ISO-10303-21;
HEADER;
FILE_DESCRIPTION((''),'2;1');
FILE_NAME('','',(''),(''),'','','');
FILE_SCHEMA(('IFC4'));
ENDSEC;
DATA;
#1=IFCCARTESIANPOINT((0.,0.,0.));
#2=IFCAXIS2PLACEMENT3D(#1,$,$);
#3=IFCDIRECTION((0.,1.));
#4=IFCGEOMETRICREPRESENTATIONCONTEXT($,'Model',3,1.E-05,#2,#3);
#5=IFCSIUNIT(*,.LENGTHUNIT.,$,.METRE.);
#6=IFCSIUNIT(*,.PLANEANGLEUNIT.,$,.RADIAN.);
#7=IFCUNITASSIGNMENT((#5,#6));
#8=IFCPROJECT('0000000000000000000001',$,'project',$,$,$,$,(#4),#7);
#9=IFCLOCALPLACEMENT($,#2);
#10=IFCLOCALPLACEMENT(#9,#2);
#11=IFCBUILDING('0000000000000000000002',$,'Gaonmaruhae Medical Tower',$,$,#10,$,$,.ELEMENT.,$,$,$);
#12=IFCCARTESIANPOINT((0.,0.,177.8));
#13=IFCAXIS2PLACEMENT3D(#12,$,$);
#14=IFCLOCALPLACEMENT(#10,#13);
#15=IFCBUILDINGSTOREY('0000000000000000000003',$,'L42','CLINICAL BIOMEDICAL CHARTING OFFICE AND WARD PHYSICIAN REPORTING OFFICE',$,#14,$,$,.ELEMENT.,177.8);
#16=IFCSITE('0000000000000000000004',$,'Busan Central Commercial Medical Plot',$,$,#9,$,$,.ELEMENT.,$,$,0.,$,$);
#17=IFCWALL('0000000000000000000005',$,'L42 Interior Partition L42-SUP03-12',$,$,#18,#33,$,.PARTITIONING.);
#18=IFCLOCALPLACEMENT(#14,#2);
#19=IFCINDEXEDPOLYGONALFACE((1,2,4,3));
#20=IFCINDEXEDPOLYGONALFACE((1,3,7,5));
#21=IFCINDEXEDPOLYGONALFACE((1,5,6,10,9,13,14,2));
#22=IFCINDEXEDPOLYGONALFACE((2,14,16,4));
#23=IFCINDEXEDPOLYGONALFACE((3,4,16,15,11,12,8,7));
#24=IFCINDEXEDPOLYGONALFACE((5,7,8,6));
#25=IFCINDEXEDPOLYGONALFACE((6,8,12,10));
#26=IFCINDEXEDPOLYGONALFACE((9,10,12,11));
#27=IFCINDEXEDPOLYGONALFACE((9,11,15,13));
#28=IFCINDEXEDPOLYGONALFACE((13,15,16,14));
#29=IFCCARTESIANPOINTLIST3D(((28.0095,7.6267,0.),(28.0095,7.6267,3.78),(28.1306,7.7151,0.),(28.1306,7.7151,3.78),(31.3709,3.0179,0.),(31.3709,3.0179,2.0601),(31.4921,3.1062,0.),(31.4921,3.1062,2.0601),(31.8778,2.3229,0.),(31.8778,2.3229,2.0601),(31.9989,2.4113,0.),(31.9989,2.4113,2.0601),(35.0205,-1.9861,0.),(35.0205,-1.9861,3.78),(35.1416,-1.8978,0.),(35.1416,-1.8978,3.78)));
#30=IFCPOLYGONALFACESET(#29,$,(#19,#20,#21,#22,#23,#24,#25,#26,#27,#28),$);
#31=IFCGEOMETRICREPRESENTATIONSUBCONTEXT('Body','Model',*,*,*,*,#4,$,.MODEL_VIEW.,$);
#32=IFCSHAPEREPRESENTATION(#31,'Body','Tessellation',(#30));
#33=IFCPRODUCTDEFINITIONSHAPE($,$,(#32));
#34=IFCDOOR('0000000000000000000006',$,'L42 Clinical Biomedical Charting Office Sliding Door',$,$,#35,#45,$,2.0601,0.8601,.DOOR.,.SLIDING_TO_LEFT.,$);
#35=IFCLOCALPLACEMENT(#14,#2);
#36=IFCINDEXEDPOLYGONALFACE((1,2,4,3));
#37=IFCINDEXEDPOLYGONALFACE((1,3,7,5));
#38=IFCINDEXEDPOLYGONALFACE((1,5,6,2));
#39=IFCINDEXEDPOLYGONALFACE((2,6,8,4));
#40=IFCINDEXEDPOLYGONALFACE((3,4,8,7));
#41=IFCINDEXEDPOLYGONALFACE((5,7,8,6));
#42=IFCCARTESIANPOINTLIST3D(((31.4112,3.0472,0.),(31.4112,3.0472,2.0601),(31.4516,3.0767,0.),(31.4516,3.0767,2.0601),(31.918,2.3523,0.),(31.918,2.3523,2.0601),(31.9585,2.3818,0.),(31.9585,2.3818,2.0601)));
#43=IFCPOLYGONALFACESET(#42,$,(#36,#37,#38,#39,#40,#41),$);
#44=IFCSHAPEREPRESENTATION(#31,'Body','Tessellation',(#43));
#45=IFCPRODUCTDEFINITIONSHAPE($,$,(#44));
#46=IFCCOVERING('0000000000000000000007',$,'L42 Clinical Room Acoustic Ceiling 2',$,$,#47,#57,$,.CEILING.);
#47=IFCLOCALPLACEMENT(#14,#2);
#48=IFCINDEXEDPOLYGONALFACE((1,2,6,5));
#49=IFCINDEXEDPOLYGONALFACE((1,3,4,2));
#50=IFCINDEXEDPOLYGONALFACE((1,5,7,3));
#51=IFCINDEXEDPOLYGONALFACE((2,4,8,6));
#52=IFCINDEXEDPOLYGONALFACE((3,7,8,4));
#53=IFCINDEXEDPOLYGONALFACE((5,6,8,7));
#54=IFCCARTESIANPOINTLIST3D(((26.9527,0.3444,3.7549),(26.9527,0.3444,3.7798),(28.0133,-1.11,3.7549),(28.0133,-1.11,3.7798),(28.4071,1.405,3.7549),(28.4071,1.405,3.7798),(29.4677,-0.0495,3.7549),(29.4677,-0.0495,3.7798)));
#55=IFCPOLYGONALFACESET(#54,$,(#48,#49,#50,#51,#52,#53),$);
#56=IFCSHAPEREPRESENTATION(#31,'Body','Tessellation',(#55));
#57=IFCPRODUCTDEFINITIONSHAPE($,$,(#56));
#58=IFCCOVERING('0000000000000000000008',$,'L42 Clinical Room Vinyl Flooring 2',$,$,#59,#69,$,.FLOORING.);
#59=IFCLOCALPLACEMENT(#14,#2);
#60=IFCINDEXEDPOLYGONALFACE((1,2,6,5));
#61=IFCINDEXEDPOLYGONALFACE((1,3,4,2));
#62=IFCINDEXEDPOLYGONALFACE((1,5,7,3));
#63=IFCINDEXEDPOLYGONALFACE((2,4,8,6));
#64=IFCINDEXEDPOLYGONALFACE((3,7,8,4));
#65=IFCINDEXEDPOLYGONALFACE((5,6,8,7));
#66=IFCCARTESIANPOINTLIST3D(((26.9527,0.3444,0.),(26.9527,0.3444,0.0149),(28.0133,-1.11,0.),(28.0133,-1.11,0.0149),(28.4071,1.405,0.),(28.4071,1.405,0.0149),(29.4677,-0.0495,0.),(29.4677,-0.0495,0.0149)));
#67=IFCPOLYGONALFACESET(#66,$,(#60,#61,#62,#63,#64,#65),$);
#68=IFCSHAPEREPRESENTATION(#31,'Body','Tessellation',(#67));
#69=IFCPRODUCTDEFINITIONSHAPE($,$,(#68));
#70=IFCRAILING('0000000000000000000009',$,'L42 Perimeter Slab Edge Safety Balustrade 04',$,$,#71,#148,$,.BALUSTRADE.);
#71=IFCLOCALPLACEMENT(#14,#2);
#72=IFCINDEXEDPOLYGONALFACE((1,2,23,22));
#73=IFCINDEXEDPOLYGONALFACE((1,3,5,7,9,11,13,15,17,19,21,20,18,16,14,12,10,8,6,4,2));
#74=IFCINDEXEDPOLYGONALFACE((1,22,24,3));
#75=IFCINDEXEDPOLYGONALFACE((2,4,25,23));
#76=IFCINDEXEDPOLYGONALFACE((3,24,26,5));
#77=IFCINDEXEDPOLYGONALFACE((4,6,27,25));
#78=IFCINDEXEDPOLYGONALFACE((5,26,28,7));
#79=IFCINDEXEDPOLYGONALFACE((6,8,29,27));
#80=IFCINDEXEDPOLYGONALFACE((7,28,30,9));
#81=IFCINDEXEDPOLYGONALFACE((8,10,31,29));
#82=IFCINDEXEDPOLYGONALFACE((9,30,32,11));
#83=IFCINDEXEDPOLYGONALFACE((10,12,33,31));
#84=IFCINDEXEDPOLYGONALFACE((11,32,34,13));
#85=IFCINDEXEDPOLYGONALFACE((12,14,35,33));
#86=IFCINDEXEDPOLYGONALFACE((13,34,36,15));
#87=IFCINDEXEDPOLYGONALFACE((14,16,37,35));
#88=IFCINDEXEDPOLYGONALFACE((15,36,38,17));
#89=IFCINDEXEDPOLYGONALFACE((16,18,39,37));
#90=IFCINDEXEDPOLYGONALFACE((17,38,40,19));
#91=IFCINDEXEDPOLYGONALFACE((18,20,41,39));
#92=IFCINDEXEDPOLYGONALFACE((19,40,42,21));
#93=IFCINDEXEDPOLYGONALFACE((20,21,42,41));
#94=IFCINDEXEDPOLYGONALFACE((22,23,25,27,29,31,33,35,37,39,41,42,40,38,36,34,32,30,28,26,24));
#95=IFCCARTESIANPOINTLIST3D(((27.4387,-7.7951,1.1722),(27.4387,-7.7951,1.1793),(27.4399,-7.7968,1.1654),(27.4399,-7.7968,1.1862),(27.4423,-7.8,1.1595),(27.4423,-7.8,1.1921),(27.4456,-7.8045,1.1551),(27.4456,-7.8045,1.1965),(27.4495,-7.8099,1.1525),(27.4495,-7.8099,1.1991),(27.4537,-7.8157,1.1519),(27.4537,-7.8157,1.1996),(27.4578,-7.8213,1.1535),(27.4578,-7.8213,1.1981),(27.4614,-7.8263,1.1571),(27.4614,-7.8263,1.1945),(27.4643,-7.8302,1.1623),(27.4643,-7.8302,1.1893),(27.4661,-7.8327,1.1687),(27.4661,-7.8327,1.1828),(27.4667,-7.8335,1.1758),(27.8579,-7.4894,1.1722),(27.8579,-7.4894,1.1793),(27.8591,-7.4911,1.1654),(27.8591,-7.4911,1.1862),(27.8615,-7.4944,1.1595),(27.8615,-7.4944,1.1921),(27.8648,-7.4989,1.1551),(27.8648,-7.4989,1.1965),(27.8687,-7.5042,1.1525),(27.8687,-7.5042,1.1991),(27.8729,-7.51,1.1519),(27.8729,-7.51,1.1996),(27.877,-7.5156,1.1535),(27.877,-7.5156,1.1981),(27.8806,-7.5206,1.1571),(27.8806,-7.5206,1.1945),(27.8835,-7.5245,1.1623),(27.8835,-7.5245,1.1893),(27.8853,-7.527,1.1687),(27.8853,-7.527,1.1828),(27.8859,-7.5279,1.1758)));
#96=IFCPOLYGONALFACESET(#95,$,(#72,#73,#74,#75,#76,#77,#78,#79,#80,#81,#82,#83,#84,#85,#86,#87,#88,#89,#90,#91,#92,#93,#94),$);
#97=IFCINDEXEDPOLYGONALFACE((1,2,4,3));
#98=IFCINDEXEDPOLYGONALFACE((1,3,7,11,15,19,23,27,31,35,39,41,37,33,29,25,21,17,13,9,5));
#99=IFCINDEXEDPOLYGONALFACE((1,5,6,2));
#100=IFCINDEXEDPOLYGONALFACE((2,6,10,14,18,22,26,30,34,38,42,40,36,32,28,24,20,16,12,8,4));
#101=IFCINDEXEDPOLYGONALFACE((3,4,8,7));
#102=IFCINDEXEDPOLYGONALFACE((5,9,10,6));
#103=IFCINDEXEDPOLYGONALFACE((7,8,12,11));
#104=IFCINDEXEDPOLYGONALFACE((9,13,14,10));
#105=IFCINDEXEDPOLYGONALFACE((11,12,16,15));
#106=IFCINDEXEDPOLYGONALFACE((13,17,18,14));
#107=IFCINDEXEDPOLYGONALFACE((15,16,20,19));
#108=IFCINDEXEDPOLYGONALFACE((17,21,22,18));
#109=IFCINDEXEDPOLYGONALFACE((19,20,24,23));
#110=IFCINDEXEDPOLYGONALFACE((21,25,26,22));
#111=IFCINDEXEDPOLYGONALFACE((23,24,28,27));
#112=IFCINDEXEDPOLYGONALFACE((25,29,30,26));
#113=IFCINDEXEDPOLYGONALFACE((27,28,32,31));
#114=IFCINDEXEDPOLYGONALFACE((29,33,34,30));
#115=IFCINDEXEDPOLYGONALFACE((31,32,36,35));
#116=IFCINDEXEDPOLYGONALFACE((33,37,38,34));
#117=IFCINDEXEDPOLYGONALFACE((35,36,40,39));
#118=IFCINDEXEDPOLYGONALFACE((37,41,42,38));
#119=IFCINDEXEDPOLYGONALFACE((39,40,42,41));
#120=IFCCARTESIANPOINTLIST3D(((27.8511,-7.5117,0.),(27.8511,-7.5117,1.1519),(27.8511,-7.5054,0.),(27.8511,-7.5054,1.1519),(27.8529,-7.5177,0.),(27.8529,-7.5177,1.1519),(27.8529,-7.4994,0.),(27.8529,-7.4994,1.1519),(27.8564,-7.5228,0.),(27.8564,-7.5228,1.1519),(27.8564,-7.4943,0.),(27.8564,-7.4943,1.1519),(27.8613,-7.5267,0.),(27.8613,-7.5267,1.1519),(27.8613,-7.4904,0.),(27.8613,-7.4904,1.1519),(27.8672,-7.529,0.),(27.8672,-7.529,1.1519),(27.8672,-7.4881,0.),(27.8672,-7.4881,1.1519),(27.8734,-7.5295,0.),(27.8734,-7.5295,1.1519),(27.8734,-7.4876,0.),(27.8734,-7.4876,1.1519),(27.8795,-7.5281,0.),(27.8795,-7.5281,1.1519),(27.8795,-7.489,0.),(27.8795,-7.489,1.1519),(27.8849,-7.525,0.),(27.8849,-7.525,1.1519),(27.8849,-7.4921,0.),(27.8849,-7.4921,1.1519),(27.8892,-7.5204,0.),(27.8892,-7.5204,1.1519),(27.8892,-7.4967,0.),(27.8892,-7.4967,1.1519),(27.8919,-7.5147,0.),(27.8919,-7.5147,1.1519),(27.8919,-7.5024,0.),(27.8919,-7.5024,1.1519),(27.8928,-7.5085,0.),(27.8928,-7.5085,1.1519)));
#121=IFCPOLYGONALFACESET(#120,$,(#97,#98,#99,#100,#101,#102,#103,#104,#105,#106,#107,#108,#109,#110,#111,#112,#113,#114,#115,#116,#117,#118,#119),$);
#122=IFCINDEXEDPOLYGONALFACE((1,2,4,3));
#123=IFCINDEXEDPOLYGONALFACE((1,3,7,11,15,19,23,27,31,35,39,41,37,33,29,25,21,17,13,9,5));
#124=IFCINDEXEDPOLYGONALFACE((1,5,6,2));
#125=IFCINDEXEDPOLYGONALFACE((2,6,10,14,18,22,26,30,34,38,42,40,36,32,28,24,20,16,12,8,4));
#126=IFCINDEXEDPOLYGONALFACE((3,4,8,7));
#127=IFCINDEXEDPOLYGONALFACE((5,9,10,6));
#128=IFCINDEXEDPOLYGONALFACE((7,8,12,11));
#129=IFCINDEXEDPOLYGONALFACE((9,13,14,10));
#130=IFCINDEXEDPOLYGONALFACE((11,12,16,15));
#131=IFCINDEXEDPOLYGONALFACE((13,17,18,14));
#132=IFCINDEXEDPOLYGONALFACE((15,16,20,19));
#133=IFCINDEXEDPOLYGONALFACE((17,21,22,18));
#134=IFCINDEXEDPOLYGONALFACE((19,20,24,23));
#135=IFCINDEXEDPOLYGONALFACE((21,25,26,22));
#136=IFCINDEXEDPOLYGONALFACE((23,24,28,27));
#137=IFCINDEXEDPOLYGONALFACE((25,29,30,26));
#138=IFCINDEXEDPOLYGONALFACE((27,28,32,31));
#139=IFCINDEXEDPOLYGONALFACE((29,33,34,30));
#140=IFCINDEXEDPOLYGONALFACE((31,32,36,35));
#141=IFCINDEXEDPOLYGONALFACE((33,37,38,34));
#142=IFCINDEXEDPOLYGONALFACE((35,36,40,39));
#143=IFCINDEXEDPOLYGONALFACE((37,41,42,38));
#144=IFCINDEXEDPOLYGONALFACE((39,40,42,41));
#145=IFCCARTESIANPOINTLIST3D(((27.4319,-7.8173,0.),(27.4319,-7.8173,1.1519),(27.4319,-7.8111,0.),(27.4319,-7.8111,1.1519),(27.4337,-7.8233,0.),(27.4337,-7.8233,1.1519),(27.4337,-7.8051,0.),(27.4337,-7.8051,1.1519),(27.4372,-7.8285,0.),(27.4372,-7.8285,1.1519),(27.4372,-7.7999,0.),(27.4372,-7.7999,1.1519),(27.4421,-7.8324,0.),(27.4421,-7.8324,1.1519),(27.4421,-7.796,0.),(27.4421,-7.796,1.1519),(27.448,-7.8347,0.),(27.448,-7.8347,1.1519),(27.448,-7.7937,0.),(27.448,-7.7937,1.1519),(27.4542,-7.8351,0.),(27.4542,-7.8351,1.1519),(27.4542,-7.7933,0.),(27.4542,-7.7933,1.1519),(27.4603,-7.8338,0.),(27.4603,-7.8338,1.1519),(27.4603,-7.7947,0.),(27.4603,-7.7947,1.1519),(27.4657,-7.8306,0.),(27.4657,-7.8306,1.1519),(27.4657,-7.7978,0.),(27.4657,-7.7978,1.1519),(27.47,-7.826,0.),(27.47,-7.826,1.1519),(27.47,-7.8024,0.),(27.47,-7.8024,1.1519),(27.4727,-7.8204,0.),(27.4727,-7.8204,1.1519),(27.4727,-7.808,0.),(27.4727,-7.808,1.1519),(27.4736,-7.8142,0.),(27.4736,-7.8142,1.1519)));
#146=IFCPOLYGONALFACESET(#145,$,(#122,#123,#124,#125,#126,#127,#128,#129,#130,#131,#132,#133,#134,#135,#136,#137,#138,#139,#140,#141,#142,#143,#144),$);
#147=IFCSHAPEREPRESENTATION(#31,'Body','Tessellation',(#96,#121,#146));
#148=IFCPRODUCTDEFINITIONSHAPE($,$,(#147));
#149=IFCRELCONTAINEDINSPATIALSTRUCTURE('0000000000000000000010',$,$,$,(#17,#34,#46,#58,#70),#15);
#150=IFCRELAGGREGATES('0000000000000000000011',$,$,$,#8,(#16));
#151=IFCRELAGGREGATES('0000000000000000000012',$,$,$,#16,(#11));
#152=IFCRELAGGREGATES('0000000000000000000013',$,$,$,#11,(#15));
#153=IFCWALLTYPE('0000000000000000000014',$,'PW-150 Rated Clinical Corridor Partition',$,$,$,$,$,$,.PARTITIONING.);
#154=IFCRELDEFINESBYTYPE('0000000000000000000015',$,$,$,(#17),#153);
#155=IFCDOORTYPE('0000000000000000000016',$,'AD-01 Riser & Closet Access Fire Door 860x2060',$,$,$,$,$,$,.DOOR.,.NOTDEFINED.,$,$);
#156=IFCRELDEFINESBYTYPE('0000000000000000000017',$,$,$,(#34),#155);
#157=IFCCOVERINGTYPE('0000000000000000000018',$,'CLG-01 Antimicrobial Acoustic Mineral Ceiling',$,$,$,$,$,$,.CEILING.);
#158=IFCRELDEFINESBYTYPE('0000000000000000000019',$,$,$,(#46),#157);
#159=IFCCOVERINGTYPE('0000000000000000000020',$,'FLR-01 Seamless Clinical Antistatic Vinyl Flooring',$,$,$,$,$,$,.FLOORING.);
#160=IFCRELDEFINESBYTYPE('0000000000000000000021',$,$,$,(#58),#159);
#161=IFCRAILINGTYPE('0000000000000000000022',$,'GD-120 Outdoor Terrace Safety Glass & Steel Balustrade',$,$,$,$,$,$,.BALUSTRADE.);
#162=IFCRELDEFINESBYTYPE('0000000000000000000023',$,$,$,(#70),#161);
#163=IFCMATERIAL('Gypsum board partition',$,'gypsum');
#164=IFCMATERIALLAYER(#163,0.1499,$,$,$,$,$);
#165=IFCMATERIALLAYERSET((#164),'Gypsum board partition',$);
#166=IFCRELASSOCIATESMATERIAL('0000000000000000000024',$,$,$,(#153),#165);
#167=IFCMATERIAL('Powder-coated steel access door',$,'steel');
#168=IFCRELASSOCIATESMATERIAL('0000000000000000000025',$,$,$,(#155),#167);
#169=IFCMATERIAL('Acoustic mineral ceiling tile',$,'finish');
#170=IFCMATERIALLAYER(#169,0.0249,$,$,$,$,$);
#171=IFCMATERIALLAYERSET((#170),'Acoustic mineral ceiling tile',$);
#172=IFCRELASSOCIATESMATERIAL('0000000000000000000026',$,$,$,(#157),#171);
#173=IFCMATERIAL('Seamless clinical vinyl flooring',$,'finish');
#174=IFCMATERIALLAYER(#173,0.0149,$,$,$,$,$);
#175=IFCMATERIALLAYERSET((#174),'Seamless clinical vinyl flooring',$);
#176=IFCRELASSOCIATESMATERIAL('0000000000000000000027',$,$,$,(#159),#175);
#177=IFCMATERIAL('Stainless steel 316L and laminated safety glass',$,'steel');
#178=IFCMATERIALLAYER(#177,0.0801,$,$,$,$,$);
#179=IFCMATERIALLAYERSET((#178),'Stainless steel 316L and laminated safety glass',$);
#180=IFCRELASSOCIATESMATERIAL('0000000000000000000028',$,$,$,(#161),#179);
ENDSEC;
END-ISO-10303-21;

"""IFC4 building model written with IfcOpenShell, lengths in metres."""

from ifc_helpers import new_model, si_unit, direction, frame, frame_2d, origin, origin_2d, place, context, subcontext, project, spatial, rectangle, circle, extrude, material, layer, layer_set, type_object, element, fill, save


model = new_model("IFC4")

# Units and contexts
model_context = context("Model", 3, precision=1e-05, world=origin(), true_north=direction((0.0, 1.0)))
body_context = subcontext(model_context, "Body", "Model", "MODEL_VIEW")
ifc_project = project(units=[si_unit("LENGTHUNIT", "METRE"), si_unit("PLANEANGLEUNIT", "RADIAN")], contexts=[model_context])

# Site, building, storey
site_placement = place(None, origin())
site = spatial("IfcSite", under=ifc_project, at=site_placement, Name="Busan Central Commercial Medical Plot", CompositionType="ELEMENT", RefElevation=0.0)
building_placement = place(site_placement, origin())
building = spatial("IfcBuilding", under=site, at=building_placement, Name="Gaonmaruhae Medical Tower", CompositionType="ELEMENT")
storey_placement = place(building_placement, frame((0.0, 0.0, 177.8)))
storey = spatial("IfcBuildingStorey", under=building, at=storey_placement, Name="L42", Description="CLINICAL BIOMEDICAL CHARTING OFFICE AND WARD PHYSICIAN REPORTING OFFICE", CompositionType="ELEMENT", Elevation=177.8)

# Shared definitions
ifc_material_1 = material(Name="Gypsum board partition", Category="gypsum")
ifc_layer_1 = layer(ifc_material_1, 0.1499)
ifc_layer_set_1 = layer_set([ifc_layer_1], Name="Gypsum board partition")
wall_type_1 = type_object("IfcWallType", Name="PW-150 Rated Clinical Corridor Partition", PredefinedType="PARTITIONING", material=ifc_layer_set_1)

# Wall, opening, door
wall_1_placement = place(storey_placement, frame((28.0701, 7.6709, 0.0), z_axis=(0.0, 0.0, 1.0), x_axis=(0.589263, -0.807941, 0.0)))
wall_1 = element("IfcWall", 1, at=wall_1_placement, inside=storey, type_object=wall_type_1, Name="L42 Interior Partition L42-SUP03-12", PredefinedType="PARTITIONING", context=body_context, shape_type="SweptSolid", body=[
    extrude(rectangle(XDim=11.8979, YDim=0.1499, at=frame_2d((5.949, 0.0))), origin(), (0.0, 0.0, 1.0), 3.78),
])
opening_1_placement = place(wall_1_placement, frame((5.7043, 0.0, 0.0)))
opening_1 = element("IfcOpeningElement", 2, at=opening_1_placement, cuts=wall_1, PredefinedType="OPENING", context=body_context, shape_type="SweptSolid", body=[
    extrude(rectangle(XDim=0.8601, YDim=2.0601, at=frame_2d((0.4302, 1.03))), frame((0.0, 0.085, 0.0), z_axis=(0.0, -1.0, 0.0), x_axis=(1.0, 0.0, 0.0)), (0.0, 0.0, 1.0), 0.1699),
])
ifc_material_2 = material(Name="Powder-coated steel access door", Category="steel")
door_type = type_object("IfcDoorType", Name="AD-01 Riser & Closet Access Fire Door 860x2060", OperationType="NOTDEFINED", PredefinedType="DOOR", material=ifc_material_2)
door_placement = place(opening_1_placement, origin())
door = element("IfcDoor", 3, at=door_placement, inside=storey, type_object=door_type, Name="L42 Clinical Biomedical Charting Office Sliding Door", OperationType="SLIDING_TO_LEFT", OverallHeight=2.0601, OverallWidth=0.8601, PredefinedType="DOOR", context=body_context, shape_type="SweptSolid", body=[
    extrude(rectangle(XDim=0.8601, YDim=2.0601, at=frame_2d((0.4302, 1.03))), frame((0.0, 0.0249, 0.0), z_axis=(0.0, -1.0, 0.0), x_axis=(1.0, 0.0, 0.0)), (0.0, 0.0, 1.0), 0.05),
])
fill(opening_1, door)

# Coverings
ifc_material_3 = material(Name="Acoustic mineral ceiling tile", Category="finish")
ifc_layer_2 = layer(ifc_material_3, 0.0249)
ifc_layer_set_2 = layer_set([ifc_layer_2], Name="Acoustic mineral ceiling tile")
covering_type_1 = type_object("IfcCoveringType", Name="CLG-01 Antimicrobial Acoustic Mineral Ceiling", PredefinedType="CEILING", material=ifc_layer_set_2)
covering_1_placement = place(storey_placement, frame((28.2102, 0.1475, 3.7549), z_axis=(0.0, 0.0, 1.0), x_axis=(0.80799, 0.589196, 0.0)))
element("IfcCovering", 4, at=covering_1_placement, inside=storey, type_object=covering_type_1, Name="L42 Clinical Room Acoustic Ceiling 2", PredefinedType="CEILING", context=body_context, shape_type="SweptSolid", body=[
    extrude(rectangle(XDim=1.8, YDim=1.8, at=origin_2d()), origin(), (0.0, 0.0, 1.0), 0.0249),
])
ifc_material_4 = material(Name="Seamless clinical vinyl flooring", Category="finish")
ifc_layer_3 = layer(ifc_material_4, 0.0149)
ifc_layer_set_3 = layer_set([ifc_layer_3], Name="Seamless clinical vinyl flooring")
covering_type_2 = type_object("IfcCoveringType", Name="FLR-01 Seamless Clinical Antistatic Vinyl Flooring", PredefinedType="FLOORING", material=ifc_layer_set_3)
covering_2_placement = place(storey_placement, frame((28.2102, 0.1475, 0.0), z_axis=(0.0, 0.0, 1.0), x_axis=(0.80799, 0.589196, 0.0)))
element("IfcCovering", 5, at=covering_2_placement, inside=storey, type_object=covering_type_2, Name="L42 Clinical Room Vinyl Flooring 2", PredefinedType="FLOORING", context=body_context, shape_type="SweptSolid", body=[
    extrude(rectangle(XDim=1.8, YDim=1.8, at=origin_2d()), origin(), (0.0, 0.0, 1.0), 0.0149),
])

# Railing
ifc_material_5 = material(Name="Stainless steel 316L and laminated safety glass", Category="steel")
ifc_layer_4 = layer(ifc_material_5, 0.0801)
ifc_layer_set_4 = layer_set([ifc_layer_4], Name="Stainless steel 316L and laminated safety glass")
railing_type = type_object("IfcRailingType", Name="GD-120 Outdoor Terrace Safety Glass & Steel Balustrade", PredefinedType="BALUSTRADE", material=ifc_layer_set_4)
railing_1_placement = place(storey_placement, frame((27.8718, -7.5085, 0.0)))
element("IfcRailing", 6, at=railing_1_placement, inside=storey, type_object=railing_type, Name="L42 Perimeter Slab Edge Safety Balustrade 04", PredefinedType="BALUSTRADE", context=body_context, shape_type="SweptSolid", body=[
    extrude(circle(Radius=0.0239, at=origin_2d()), frame((0.0, 0.0, 1.1758), z_axis=(-0.808003, -0.589179, 0.0), x_axis=(0.589179, -0.808003, 0.0)), (0.0, 0.0, 1.0), 0.5188),
    extrude(circle(Radius=0.021, at=origin_2d()), origin(), (0.0, 0.0, 1.0), 1.1519),
    extrude(circle(Radius=0.021, at=origin_2d()), frame((-0.4192, -0.3057, 0.0)), (0.0, 0.0, 1.0), 1.1519),
])

save(model, "model.ifc")
